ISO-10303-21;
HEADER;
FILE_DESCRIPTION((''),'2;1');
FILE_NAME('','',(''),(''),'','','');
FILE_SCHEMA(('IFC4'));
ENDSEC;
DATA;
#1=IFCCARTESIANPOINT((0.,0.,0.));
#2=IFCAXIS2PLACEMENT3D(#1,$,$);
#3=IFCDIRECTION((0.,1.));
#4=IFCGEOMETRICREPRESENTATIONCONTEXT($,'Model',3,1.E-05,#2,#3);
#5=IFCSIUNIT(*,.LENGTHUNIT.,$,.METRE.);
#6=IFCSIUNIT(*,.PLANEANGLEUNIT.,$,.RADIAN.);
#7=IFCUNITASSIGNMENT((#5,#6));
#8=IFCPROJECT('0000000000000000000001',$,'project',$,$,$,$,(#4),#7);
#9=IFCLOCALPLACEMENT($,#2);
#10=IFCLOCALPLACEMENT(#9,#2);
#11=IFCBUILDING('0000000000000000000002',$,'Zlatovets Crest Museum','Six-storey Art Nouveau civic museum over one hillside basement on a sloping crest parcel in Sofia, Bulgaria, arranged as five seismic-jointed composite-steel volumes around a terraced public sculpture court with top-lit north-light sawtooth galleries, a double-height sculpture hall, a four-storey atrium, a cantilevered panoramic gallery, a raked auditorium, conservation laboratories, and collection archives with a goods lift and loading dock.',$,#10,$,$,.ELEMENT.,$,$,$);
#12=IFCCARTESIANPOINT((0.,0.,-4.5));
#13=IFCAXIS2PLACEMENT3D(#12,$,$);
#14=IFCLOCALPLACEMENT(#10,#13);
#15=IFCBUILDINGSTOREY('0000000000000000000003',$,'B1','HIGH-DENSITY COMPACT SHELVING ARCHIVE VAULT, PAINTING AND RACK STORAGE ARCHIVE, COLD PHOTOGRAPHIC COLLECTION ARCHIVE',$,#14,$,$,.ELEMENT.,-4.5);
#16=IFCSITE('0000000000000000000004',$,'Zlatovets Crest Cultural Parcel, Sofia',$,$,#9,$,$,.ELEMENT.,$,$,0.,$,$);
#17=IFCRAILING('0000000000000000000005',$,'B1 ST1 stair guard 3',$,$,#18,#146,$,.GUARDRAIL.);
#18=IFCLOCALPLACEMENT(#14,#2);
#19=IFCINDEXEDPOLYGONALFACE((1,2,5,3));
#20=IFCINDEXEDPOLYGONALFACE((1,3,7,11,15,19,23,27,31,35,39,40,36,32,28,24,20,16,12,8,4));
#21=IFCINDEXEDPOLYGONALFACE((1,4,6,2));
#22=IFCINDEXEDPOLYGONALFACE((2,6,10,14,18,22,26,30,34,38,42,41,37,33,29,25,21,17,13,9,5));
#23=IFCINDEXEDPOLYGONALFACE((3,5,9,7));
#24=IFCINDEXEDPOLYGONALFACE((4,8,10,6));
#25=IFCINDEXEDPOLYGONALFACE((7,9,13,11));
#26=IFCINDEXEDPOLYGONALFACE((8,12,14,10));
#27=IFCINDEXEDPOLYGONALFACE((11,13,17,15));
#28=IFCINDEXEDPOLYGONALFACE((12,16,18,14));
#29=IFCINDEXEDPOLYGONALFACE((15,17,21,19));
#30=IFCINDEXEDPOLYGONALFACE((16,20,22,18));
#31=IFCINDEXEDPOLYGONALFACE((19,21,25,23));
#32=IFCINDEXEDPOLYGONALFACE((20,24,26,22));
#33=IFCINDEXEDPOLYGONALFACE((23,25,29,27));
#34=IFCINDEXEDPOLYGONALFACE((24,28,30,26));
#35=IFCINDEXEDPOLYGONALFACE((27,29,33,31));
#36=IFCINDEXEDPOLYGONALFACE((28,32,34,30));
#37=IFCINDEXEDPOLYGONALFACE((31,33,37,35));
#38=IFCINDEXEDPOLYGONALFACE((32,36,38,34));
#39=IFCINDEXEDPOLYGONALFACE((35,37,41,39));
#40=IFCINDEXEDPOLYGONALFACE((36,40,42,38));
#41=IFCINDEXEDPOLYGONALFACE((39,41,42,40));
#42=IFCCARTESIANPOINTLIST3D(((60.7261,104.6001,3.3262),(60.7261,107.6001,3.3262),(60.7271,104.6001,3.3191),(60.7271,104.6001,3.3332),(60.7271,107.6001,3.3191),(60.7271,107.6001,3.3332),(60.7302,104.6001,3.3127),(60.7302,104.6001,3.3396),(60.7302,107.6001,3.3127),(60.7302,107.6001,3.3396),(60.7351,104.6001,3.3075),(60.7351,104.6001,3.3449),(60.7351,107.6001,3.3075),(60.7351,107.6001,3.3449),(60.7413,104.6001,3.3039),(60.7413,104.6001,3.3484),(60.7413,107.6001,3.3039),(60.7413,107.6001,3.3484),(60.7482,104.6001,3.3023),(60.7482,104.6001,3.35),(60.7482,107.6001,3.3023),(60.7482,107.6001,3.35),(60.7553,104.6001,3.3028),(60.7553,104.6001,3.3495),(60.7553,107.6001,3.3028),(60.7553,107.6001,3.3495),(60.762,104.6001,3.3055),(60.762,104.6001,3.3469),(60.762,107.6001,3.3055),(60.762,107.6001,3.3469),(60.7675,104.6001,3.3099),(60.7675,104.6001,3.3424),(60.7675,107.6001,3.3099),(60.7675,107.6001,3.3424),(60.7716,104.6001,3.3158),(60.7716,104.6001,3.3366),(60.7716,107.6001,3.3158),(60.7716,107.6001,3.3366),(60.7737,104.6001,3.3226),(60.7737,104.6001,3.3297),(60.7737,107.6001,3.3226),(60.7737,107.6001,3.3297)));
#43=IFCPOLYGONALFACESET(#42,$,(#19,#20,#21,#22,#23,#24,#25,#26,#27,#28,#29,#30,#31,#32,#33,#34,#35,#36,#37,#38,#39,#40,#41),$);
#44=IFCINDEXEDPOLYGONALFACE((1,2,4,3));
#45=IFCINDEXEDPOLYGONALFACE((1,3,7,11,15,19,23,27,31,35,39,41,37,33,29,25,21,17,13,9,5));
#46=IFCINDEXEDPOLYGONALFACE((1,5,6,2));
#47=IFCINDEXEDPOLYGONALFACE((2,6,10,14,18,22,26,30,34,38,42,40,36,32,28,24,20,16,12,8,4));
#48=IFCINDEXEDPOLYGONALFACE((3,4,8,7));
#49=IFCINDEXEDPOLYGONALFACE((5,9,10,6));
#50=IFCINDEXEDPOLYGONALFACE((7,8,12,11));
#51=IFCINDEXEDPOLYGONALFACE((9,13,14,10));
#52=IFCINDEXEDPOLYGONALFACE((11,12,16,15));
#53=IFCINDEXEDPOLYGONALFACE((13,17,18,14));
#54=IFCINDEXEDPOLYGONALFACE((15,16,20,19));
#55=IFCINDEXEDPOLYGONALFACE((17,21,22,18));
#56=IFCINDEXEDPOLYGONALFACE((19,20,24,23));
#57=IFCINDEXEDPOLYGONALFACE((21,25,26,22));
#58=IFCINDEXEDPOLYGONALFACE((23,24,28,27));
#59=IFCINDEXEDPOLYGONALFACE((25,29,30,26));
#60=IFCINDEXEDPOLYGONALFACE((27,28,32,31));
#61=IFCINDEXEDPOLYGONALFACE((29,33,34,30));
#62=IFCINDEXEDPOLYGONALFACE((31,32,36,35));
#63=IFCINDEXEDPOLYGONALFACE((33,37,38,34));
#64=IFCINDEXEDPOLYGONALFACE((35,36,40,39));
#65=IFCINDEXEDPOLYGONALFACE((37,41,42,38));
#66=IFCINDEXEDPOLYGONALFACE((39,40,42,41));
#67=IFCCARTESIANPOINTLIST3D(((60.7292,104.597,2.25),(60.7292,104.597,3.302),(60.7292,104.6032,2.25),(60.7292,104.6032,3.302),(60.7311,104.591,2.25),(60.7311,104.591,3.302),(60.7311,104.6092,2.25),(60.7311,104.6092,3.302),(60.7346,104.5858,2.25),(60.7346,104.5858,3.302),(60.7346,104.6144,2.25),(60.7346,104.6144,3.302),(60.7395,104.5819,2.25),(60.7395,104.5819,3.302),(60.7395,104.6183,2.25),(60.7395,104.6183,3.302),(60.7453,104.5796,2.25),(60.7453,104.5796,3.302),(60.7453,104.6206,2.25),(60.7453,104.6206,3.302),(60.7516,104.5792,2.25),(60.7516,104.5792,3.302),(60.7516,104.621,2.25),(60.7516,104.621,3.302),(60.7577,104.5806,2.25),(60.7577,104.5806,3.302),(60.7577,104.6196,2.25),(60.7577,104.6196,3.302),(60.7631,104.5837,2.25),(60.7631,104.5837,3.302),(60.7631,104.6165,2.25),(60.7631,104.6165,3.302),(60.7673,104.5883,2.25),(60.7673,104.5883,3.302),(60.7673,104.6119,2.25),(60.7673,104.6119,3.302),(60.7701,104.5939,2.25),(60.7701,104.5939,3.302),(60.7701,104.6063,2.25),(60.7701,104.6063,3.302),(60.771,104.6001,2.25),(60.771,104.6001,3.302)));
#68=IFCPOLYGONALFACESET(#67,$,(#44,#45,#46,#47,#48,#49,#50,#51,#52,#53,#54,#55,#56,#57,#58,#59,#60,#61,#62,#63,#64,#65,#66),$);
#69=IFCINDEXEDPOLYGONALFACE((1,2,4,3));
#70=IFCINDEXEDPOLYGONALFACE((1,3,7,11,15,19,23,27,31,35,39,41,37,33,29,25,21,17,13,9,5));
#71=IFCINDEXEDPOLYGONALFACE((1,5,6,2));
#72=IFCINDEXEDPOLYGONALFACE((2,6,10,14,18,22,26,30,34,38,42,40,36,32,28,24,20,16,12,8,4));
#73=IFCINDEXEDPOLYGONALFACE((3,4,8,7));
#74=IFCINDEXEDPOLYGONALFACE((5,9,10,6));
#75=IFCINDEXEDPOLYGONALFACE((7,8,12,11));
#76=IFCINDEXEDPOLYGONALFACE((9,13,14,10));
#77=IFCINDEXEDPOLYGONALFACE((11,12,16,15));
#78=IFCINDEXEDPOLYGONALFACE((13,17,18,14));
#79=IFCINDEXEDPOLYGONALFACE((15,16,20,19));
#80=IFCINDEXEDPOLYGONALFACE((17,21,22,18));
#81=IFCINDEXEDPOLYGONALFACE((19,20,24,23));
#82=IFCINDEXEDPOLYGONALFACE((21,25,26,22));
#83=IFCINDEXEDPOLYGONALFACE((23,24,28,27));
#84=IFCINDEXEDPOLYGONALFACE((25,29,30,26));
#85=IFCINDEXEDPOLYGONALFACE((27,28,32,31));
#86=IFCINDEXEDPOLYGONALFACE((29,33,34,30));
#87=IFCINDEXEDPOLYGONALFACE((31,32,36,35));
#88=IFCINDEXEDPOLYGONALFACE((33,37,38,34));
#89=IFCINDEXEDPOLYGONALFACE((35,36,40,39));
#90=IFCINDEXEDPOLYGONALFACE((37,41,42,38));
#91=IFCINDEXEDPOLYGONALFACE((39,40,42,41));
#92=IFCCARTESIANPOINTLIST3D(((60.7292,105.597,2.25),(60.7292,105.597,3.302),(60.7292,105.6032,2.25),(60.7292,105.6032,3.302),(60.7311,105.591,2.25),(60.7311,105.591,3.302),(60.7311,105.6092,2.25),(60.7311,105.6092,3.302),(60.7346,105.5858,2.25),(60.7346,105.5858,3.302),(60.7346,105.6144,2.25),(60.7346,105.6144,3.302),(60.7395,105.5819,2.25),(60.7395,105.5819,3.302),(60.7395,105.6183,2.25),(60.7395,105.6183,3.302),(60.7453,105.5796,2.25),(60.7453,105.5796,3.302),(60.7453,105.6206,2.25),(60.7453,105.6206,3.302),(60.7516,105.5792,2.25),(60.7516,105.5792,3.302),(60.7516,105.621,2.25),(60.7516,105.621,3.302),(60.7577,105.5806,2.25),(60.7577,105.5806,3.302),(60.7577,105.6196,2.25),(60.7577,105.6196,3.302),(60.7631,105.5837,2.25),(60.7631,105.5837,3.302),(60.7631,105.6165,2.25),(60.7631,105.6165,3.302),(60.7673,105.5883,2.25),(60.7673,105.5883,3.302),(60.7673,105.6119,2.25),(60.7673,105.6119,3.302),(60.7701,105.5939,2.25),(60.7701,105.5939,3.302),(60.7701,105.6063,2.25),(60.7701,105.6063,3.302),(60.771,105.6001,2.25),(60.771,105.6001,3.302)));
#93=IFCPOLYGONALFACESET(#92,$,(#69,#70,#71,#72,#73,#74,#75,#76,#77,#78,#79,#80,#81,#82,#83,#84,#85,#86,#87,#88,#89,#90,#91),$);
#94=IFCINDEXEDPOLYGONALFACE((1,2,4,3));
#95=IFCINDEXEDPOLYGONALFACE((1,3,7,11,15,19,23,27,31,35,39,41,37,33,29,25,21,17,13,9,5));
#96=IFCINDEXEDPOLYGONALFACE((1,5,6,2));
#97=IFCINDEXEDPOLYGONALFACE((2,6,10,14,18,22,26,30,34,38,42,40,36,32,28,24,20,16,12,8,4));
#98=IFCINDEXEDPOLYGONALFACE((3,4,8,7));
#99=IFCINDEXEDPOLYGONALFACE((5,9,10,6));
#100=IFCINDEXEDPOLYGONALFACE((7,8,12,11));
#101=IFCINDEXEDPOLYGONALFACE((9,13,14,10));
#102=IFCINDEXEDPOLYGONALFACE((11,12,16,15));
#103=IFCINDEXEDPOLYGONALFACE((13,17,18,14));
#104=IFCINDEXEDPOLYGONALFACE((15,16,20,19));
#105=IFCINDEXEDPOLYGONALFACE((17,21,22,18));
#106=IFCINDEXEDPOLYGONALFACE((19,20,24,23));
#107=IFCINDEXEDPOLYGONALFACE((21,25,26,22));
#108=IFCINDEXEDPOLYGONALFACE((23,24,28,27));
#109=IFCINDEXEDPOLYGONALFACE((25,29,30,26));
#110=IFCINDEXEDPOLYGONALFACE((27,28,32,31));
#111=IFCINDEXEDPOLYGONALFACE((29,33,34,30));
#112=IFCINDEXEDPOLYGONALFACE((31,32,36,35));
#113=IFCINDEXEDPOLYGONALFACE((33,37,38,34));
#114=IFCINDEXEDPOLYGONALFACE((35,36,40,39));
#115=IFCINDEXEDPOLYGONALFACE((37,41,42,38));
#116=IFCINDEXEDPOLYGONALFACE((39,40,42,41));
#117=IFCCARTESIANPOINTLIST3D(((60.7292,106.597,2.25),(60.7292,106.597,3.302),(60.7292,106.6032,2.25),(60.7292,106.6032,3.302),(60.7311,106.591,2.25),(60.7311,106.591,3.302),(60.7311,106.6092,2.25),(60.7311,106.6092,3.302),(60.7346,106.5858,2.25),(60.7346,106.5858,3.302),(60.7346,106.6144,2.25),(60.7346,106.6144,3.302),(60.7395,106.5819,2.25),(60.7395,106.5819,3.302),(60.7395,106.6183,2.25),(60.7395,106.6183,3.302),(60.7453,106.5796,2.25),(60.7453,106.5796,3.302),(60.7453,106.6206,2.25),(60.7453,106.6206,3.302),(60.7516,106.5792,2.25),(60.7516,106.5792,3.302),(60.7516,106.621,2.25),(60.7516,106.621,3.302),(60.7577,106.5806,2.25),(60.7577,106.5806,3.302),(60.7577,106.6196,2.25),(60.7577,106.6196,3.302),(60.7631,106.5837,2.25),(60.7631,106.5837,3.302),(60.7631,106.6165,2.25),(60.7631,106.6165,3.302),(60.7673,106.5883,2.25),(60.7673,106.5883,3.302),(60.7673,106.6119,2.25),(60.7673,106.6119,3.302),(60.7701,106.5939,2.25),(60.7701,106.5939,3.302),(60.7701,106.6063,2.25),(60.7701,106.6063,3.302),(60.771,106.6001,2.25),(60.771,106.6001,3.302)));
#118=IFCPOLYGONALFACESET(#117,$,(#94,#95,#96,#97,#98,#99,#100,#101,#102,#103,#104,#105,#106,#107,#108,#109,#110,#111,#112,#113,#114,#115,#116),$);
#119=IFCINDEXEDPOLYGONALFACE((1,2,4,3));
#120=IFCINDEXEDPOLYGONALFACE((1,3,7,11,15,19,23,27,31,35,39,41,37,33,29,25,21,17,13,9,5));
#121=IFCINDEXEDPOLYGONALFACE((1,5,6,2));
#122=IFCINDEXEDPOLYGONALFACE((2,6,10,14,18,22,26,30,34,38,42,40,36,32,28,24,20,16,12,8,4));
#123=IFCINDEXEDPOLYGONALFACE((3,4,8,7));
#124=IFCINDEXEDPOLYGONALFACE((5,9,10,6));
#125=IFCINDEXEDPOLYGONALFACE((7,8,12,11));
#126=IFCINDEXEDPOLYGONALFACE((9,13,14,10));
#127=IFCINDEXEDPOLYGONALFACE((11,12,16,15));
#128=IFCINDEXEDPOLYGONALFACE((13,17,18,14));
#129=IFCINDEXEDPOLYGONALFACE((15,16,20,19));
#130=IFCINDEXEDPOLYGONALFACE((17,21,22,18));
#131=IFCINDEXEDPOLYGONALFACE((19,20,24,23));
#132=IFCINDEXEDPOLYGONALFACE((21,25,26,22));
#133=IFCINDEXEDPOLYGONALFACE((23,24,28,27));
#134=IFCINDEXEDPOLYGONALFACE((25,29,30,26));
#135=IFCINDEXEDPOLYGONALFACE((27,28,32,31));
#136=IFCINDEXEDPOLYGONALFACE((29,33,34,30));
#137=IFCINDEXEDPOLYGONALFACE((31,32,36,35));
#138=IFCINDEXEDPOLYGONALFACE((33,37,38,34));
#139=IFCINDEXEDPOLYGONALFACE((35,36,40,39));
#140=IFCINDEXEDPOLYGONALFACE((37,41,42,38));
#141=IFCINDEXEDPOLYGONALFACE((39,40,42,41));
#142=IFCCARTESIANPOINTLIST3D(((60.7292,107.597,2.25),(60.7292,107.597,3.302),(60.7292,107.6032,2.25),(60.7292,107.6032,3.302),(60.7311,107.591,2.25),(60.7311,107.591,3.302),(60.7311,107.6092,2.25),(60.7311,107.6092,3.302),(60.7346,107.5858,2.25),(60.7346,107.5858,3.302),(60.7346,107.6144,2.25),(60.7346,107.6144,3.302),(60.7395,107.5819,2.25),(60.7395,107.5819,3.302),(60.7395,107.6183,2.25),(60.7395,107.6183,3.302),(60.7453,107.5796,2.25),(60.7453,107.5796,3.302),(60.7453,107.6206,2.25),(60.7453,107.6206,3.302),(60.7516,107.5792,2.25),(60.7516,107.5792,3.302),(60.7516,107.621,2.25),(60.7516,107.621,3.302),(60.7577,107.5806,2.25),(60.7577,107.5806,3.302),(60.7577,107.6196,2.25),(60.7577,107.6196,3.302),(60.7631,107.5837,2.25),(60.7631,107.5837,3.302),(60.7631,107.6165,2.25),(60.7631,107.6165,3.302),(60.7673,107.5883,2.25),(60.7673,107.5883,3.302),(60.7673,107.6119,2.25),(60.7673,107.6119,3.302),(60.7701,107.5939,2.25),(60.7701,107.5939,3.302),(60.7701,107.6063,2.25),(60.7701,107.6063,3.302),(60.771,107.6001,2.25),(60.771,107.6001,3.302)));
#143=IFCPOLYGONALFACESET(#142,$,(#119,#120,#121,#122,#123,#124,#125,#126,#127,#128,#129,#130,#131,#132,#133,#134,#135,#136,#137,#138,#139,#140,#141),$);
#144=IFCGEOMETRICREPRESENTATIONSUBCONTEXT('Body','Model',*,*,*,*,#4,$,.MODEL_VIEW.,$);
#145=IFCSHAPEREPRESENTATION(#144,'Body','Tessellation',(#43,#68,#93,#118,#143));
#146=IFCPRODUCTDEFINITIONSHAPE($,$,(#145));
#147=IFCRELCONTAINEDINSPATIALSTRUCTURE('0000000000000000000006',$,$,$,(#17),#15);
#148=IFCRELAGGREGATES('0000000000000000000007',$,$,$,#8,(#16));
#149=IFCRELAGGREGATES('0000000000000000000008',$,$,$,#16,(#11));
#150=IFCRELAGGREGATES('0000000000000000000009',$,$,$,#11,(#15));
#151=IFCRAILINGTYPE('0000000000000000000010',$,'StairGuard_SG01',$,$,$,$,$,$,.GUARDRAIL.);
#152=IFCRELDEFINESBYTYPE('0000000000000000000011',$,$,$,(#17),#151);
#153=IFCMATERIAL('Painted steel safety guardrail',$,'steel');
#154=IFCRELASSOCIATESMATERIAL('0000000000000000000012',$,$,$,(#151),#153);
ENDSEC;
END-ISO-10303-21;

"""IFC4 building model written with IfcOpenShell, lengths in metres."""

from ifc_helpers import new_model, si_unit, direction, frame, origin, origin_2d, place, context, subcontext, project, spatial, circle, extrude, material, type_object, element, save


model = new_model("IFC4")

# Units and contexts
model_context = context("Model", 3, precision=1e-05, world=origin(), true_north=direction((0.0, 1.0)))
body_context = subcontext(model_context, "Body", "Model", "MODEL_VIEW")
ifc_project = project(units=[si_unit("LENGTHUNIT", "METRE"), si_unit("PLANEANGLEUNIT", "RADIAN")], contexts=[model_context])

# Site, building, storey
site_placement = place(None, origin())
site = spatial("IfcSite", under=ifc_project, at=site_placement, Name="Zlatovets Crest Cultural Parcel, Sofia", CompositionType="ELEMENT", RefElevation=0.0)
building_placement = place(site_placement, origin())
building = spatial("IfcBuilding", under=site, at=building_placement, Name="Zlatovets Crest Museum", Description="Six-storey Art Nouveau civic museum over one hillside basement on a sloping crest parcel in Sofia, Bulgaria, arranged as five seismic-jointed composite-steel volumes around a terraced public sculpture court with top-lit north-light sawtooth galleries, a double-height sculpture hall, a four-storey atrium, a cantilevered panoramic gallery, a raked auditorium, conservation laboratories, and collection archives with a goods lift and loading dock.", CompositionType="ELEMENT")
storey_placement = place(building_placement, frame((0.0, 0.0, -4.5)))
storey = spatial("IfcBuildingStorey", under=building, at=storey_placement, Name="B1", Description="HIGH-DENSITY COMPACT SHELVING ARCHIVE VAULT, PAINTING AND RACK STORAGE ARCHIVE, COLD PHOTOGRAPHIC COLLECTION ARCHIVE", CompositionType="ELEMENT", Elevation=-4.5)

# Railing
ifc_material_1 = material(Name="Painted steel safety guardrail", Category="steel")
railing_type_1 = type_object("IfcRailingType", Name="StairGuard_SG01", PredefinedType="GUARDRAIL", material=ifc_material_1)
for number, where, name in (
    (1, (60.75, 104.6001, 2.25), "B1 ST1 stair guard 3"),
):
    element("IfcRailing", number, at=place(storey_placement, frame(where)), inside=storey, type_object=railing_type_1, Name=name, PredefinedType="GUARDRAIL", context=body_context, shape_type="SweptSolid", body=[
        extrude(circle(Radius=0.0239, at=origin_2d()), frame((0.0, 0.0, 1.0762), z_axis=(0.0, 1.0, 0.0), x_axis=(-1.0, 0.0, 0.0)), (0.0, 0.0, 1.0), 3.0),
        extrude(circle(Radius=0.021, at=origin_2d()), origin(), (0.0, 0.0, 1.0), 1.052),
        extrude(circle(Radius=0.021, at=origin_2d()), frame((0.0, 1.0, 0.0)), (0.0, 0.0, 1.0), 1.052),
        extrude(circle(Radius=0.021, at=origin_2d()), frame((0.0, 2.0, 0.0)), (0.0, 0.0, 1.0), 1.052),
        extrude(circle(Radius=0.021, at=origin_2d()), frame((0.0, 3.0, 0.0)), (0.0, 0.0, 1.0), 1.052),
    ])

save(model, "model.ifc")
